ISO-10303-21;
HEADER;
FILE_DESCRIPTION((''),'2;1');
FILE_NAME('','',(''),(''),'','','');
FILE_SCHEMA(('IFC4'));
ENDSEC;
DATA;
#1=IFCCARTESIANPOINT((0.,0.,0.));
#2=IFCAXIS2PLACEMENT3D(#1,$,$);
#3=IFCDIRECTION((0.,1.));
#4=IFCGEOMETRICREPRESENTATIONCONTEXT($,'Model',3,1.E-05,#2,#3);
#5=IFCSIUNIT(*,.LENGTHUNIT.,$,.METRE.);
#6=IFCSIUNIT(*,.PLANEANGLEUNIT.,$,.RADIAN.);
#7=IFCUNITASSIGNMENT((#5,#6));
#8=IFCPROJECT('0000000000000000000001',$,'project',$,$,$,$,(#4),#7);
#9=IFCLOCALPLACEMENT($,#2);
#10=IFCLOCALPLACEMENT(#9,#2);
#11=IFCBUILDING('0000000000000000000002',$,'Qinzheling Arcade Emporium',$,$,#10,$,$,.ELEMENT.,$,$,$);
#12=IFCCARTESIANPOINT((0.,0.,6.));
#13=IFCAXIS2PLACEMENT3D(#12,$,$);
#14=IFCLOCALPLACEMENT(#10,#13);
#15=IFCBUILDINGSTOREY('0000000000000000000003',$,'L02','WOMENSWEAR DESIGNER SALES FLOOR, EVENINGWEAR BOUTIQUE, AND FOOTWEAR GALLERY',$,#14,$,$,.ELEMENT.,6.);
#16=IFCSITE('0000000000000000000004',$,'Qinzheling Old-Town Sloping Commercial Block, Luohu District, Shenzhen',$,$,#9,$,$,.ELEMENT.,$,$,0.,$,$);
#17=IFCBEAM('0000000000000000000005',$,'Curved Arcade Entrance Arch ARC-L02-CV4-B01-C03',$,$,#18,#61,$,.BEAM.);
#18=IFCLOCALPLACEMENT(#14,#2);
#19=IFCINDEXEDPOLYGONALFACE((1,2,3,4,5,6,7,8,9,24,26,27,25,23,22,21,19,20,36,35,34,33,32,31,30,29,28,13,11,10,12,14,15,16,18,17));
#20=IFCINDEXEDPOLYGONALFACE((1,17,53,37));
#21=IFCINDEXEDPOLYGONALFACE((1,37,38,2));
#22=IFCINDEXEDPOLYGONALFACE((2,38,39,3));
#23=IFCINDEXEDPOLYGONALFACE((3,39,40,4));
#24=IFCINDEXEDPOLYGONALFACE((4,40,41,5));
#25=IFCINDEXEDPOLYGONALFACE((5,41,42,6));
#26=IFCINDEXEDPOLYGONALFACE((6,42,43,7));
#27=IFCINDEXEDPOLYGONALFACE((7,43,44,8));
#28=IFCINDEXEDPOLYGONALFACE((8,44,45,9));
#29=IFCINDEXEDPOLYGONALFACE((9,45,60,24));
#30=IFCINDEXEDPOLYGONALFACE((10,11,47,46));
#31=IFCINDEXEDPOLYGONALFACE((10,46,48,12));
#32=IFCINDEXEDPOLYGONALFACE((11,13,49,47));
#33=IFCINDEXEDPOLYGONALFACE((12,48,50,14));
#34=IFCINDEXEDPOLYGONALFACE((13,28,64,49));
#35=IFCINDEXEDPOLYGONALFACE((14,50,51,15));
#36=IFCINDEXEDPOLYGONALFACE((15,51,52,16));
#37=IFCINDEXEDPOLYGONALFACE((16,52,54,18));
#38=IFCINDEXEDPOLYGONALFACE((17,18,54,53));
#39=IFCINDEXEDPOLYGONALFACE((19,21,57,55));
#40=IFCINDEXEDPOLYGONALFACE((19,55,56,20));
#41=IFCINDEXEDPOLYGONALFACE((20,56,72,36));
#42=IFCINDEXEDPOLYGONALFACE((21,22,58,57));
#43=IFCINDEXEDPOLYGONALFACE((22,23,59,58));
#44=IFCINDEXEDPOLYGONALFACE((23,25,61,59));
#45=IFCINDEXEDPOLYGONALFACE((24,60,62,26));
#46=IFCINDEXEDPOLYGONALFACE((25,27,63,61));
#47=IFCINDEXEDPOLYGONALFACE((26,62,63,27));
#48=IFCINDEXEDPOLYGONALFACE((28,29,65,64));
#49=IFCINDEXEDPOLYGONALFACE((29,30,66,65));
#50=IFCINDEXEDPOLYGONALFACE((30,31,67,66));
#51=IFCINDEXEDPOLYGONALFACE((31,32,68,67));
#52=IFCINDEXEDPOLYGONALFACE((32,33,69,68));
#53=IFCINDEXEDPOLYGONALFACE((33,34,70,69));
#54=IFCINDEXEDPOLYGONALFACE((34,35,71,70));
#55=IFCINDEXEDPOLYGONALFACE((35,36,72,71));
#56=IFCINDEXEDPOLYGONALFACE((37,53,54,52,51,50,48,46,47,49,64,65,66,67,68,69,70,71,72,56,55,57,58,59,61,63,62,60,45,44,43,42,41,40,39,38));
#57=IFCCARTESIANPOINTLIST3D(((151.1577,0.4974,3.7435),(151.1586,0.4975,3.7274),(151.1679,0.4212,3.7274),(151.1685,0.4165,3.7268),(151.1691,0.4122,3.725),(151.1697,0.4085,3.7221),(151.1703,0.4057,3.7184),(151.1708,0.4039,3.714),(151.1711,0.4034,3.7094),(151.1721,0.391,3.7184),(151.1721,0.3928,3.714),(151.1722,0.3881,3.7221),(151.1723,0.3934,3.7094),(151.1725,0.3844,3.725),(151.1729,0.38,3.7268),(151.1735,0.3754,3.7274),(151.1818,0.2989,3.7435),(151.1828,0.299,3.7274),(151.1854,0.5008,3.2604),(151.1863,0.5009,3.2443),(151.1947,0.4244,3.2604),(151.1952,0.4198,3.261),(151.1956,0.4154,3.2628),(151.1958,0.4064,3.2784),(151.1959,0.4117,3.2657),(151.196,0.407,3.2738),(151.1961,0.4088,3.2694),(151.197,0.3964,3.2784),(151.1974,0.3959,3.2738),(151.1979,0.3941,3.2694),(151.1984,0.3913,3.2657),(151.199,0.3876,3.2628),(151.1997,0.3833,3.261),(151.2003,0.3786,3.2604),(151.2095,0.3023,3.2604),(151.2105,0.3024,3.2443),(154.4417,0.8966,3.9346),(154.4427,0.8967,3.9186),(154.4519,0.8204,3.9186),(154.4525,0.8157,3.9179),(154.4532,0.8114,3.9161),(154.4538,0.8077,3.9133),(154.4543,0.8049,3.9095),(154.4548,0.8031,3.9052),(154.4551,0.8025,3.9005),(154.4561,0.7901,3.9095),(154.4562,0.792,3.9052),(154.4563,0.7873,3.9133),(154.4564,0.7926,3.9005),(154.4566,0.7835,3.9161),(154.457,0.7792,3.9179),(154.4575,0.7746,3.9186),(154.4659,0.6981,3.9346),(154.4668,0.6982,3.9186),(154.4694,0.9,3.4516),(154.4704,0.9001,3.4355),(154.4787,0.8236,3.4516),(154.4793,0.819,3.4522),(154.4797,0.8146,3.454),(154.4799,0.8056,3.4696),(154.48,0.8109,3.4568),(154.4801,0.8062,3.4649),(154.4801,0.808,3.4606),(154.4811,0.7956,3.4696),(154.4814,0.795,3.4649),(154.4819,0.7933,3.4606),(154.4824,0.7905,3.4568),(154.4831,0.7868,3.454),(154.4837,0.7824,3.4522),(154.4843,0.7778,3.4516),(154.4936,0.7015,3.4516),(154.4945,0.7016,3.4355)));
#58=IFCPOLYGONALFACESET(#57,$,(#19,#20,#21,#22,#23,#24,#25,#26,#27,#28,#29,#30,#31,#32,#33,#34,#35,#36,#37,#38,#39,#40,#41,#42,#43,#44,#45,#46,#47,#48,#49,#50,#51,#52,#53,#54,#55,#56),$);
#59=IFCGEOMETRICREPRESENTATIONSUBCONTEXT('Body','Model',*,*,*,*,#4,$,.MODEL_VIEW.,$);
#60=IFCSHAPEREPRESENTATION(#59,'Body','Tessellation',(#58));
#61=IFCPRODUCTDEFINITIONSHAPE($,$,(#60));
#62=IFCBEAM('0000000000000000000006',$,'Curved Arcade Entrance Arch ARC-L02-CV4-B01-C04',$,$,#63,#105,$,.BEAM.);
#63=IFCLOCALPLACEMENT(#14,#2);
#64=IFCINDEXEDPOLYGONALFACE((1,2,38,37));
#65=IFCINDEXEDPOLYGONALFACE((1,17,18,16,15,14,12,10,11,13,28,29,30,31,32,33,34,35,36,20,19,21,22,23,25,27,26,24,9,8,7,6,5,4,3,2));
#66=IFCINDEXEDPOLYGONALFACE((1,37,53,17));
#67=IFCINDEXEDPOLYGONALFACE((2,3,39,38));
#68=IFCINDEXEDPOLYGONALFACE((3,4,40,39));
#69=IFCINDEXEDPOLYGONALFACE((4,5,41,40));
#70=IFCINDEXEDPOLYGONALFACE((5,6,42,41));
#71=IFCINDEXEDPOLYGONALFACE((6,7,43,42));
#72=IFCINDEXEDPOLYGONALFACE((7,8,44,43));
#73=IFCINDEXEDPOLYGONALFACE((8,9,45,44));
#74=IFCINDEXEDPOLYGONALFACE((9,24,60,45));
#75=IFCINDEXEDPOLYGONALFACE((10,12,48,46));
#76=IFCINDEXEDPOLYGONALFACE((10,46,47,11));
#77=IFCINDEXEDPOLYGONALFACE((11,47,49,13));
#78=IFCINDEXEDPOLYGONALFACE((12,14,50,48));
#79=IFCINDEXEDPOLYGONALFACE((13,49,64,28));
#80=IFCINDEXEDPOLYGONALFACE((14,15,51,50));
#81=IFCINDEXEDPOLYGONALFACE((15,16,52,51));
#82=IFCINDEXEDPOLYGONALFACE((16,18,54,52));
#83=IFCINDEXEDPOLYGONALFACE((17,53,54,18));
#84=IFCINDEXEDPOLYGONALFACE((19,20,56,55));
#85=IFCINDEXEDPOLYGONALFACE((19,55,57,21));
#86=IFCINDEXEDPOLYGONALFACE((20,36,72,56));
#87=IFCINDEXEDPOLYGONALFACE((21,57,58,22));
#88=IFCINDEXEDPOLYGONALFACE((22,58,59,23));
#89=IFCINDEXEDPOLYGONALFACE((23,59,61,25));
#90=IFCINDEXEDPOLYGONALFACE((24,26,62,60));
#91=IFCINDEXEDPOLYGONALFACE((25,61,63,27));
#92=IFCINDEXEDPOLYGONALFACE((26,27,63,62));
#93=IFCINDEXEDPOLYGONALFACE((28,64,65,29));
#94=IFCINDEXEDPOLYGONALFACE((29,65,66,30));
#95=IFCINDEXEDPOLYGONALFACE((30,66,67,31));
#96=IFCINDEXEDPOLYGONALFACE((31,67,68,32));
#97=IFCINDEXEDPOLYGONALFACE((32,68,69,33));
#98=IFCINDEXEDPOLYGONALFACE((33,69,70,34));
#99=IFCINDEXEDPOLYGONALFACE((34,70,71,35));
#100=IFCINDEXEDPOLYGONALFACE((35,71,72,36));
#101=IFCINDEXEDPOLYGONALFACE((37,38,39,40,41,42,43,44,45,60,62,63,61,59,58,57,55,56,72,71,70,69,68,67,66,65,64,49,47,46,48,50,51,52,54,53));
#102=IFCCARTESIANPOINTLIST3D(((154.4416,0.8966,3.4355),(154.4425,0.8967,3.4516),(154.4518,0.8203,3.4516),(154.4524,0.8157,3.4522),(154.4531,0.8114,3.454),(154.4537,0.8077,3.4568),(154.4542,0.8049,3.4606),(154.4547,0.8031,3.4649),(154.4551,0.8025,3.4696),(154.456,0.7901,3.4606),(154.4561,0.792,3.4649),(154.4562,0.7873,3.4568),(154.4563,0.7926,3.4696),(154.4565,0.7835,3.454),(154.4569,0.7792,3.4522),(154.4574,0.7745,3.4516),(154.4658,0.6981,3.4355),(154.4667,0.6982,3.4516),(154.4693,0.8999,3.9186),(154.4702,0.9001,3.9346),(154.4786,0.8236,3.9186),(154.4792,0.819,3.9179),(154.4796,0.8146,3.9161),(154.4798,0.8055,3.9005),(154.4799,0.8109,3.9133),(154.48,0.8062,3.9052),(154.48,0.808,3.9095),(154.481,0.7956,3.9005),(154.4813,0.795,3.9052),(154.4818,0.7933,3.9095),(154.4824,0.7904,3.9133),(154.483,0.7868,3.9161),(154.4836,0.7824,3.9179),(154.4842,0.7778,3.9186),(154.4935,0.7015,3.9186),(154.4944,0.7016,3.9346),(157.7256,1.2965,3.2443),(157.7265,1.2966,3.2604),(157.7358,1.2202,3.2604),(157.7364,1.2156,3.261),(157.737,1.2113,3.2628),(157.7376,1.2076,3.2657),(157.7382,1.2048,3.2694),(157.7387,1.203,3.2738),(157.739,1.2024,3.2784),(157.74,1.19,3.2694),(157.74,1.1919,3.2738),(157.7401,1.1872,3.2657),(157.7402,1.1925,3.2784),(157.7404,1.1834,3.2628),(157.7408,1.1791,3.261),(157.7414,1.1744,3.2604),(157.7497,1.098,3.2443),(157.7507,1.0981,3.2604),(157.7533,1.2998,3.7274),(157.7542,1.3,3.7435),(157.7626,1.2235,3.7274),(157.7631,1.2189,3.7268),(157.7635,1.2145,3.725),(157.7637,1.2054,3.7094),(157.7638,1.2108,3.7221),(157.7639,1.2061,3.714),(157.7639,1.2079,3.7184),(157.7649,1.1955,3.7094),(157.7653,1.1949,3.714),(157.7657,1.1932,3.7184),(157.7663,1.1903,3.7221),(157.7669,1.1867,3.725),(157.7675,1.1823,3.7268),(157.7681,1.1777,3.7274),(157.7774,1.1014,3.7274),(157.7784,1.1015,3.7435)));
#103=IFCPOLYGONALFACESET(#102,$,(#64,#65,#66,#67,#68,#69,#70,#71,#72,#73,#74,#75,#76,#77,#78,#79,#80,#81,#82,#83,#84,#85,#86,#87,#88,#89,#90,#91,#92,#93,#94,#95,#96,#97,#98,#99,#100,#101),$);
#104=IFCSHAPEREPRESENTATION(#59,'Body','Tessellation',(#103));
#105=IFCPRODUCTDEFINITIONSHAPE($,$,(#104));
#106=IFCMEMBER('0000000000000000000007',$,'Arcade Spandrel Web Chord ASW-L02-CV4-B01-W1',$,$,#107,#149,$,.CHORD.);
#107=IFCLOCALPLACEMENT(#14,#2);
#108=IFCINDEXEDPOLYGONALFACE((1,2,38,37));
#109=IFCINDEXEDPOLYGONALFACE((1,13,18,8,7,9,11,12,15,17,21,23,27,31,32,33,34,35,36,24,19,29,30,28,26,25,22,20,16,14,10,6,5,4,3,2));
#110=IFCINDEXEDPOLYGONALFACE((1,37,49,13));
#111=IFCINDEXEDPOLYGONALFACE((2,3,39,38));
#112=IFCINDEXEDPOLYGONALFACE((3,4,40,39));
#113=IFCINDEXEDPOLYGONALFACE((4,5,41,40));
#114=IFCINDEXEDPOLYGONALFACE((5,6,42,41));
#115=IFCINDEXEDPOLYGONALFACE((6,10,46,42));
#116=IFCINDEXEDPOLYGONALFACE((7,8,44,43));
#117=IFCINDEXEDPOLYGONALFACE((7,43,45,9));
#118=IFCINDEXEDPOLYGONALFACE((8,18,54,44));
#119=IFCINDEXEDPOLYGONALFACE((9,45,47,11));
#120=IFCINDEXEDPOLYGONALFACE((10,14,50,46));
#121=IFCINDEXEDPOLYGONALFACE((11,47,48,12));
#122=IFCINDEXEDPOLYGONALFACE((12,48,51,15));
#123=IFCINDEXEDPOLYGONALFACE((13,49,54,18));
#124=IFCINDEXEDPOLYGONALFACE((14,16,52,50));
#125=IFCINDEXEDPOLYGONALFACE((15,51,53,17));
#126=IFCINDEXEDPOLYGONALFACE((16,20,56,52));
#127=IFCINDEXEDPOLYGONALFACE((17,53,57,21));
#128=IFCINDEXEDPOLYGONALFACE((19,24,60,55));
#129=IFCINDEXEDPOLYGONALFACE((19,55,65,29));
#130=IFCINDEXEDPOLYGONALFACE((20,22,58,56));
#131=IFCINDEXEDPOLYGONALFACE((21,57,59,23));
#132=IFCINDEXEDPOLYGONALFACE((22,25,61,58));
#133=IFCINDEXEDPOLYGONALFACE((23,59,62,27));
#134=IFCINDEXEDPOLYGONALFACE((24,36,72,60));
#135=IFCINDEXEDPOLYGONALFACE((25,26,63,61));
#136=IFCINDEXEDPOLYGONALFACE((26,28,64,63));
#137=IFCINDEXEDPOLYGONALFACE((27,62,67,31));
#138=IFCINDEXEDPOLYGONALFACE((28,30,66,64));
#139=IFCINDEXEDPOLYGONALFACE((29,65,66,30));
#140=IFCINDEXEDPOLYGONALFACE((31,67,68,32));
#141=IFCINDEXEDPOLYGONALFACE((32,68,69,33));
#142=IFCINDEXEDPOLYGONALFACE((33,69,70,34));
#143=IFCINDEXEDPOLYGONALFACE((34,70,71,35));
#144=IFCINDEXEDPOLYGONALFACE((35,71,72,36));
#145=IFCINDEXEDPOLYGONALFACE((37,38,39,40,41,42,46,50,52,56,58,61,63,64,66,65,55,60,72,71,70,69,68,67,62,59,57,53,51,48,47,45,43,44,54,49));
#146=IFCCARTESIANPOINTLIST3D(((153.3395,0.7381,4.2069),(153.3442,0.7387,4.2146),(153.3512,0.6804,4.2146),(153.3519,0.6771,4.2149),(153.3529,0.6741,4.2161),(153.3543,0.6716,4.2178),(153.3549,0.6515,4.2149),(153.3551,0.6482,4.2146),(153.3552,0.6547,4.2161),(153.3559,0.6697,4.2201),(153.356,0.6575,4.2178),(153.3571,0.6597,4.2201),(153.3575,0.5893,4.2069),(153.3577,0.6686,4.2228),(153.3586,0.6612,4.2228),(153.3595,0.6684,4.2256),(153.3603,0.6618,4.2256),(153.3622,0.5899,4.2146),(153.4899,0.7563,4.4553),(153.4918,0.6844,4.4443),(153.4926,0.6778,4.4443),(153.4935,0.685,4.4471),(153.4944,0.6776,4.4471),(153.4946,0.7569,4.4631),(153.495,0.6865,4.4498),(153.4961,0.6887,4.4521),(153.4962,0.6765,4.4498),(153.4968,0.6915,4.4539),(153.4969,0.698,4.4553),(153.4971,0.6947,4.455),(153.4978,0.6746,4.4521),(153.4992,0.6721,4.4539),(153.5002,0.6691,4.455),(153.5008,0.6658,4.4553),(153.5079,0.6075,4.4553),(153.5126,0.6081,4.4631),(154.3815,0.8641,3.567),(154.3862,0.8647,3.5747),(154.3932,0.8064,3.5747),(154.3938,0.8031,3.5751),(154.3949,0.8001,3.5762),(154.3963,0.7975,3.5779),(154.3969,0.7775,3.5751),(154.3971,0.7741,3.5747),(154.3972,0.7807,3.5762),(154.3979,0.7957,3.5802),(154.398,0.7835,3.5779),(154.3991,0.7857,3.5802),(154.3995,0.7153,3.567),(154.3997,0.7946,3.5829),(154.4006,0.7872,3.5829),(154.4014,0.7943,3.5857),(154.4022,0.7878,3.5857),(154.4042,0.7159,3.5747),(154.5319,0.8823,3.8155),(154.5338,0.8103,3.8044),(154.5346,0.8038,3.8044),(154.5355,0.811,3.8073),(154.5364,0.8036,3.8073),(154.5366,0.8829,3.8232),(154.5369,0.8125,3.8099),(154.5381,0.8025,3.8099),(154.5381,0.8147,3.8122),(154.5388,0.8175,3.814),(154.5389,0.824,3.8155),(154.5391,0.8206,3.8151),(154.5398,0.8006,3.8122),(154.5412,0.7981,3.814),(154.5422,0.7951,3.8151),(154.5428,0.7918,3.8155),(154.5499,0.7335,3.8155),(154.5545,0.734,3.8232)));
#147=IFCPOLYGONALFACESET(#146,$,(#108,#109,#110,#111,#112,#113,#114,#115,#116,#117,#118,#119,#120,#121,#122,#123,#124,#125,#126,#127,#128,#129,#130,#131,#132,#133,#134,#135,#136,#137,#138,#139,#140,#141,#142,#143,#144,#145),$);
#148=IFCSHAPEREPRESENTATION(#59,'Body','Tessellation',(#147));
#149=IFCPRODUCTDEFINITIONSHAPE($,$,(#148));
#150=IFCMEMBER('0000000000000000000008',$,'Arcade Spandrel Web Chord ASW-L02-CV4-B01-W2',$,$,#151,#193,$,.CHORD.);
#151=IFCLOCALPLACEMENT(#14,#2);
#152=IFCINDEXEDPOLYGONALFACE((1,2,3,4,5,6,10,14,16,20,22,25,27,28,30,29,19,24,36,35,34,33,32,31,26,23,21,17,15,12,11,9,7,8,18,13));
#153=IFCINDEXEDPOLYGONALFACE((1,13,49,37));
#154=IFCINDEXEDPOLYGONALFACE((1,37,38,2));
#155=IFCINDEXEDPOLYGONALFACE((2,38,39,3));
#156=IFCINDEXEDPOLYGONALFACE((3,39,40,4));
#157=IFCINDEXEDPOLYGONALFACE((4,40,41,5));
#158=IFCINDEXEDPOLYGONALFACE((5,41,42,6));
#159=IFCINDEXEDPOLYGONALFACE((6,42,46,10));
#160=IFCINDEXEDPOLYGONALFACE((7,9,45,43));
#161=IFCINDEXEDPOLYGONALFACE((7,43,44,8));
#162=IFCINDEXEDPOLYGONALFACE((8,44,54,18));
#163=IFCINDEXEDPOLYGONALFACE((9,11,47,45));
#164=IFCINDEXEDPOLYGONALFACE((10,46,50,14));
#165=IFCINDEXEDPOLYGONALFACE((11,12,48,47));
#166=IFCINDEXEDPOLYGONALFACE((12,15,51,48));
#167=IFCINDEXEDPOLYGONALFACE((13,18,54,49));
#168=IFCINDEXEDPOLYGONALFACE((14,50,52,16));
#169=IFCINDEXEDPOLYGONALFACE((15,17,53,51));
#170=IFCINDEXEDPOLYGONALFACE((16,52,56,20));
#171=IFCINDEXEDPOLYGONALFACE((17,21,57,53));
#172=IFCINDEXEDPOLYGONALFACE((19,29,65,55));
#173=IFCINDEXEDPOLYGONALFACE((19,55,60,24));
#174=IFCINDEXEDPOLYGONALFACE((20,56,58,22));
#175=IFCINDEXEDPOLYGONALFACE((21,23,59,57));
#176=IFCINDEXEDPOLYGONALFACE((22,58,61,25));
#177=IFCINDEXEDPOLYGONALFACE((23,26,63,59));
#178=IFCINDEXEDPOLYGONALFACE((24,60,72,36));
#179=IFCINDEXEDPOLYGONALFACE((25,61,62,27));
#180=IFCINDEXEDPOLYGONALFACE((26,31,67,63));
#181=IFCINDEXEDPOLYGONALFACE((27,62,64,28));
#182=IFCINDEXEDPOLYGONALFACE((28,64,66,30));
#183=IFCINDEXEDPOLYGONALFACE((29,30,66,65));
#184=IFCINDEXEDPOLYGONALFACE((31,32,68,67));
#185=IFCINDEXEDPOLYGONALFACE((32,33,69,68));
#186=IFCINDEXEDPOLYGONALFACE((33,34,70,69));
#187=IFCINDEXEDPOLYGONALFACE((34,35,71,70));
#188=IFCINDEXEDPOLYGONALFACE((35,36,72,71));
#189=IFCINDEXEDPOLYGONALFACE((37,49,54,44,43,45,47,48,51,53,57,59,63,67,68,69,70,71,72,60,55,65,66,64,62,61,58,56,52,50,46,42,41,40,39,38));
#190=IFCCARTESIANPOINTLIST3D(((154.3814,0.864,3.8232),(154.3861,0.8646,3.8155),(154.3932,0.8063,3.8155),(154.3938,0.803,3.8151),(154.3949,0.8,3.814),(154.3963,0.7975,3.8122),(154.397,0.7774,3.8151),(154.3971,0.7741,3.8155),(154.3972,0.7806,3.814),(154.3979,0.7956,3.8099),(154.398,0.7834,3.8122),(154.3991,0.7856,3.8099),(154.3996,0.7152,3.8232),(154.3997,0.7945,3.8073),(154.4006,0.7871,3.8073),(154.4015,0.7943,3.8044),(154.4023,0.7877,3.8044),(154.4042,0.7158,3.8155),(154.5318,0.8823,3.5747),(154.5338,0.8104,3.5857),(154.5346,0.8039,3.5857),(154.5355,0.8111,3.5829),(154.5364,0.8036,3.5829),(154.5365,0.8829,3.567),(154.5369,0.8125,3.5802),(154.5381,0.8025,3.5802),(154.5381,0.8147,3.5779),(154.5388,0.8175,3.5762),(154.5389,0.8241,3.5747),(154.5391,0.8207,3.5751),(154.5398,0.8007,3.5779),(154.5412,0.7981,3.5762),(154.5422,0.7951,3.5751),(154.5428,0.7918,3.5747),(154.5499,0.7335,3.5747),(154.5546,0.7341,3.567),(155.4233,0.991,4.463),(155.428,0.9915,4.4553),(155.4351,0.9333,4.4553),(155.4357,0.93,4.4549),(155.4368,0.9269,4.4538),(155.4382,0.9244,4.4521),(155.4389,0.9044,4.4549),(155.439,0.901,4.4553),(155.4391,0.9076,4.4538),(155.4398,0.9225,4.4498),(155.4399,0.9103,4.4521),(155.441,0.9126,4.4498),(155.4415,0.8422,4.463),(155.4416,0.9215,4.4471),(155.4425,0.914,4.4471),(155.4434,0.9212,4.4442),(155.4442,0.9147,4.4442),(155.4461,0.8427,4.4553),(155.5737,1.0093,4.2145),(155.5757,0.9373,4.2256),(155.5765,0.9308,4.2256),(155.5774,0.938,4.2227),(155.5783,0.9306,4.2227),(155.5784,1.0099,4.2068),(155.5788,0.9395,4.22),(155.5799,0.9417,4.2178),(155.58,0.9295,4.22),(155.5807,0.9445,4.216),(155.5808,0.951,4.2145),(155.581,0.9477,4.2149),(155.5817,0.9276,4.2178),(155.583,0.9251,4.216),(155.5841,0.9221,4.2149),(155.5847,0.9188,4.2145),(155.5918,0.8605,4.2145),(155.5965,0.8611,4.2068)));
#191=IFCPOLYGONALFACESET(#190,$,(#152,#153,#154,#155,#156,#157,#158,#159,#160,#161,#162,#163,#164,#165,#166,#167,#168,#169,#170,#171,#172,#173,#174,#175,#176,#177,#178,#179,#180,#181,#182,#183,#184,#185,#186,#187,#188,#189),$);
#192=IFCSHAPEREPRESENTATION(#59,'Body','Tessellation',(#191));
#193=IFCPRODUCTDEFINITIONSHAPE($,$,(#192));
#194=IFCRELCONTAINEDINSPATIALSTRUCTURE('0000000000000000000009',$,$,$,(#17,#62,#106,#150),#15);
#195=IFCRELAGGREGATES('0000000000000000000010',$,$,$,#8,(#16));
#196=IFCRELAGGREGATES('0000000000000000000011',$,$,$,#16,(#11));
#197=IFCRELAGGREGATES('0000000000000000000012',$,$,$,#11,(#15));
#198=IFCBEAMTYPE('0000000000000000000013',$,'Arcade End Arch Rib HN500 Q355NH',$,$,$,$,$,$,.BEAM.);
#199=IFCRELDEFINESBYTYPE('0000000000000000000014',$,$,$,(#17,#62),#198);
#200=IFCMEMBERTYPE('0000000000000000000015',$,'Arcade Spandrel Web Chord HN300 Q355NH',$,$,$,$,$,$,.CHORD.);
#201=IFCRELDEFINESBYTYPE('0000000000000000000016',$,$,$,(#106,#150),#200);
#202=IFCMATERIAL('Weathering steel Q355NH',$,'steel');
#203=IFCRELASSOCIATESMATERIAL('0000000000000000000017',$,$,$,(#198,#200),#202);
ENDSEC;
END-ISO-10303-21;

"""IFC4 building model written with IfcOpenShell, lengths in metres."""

from ifc_helpers import new_model, si_unit, direction, frame, origin, origin_2d, place, context, subcontext, project, spatial, i_section, extrude, material, material_profile, profile_set, type_object, element, save


model = new_model("IFC4")

# Units and contexts
model_context = context("Model", 3, precision=1e-05, world=origin(), true_north=direction((0.0, 1.0)))
body_context = subcontext(model_context, "Body", "Model", "MODEL_VIEW")
ifc_project = project(units=[si_unit("LENGTHUNIT", "METRE"), si_unit("PLANEANGLEUNIT", "RADIAN")], contexts=[model_context])

# Site, building, storey
site_placement = place(None, origin())
site = spatial("IfcSite", under=ifc_project, at=site_placement, Name="Qinzheling Old-Town Sloping Commercial Block, Luohu District, Shenzhen", CompositionType="ELEMENT", RefElevation=0.0)
building_placement = place(site_placement, origin())
building = spatial("IfcBuilding", under=site, at=building_placement, Name="Qinzheling Arcade Emporium", CompositionType="ELEMENT")
storey_placement = place(building_placement, frame((0.0, 0.0, 6.0)))
storey = spatial("IfcBuildingStorey", under=building, at=storey_placement, Name="L02", Description="WOMENSWEAR DESIGNER SALES FLOOR, EVENINGWEAR BOUTIQUE, AND FOOTWEAR GALLERY", CompositionType="ELEMENT", Elevation=6.0)

# Beams
ifc_material_1 = material(Name="Weathering steel Q355NH", Category="steel")
ifc_material_profile_1 = material_profile(ifc_material_1, i_section(OverallWidth=0.2, OverallDepth=0.5, WebThickness=0.01, FlangeThickness=0.0161, FilletRadius=0.0181, at=origin_2d()), Name="HN 500x200x10x16", Category="steel")
ifc_profile_set_1 = profile_set([ifc_material_profile_1], Name="Weathering steel Q355NH")
beam_type = type_object("IfcBeamType", Name="Arcade End Arch Rib HN500 Q355NH", PredefinedType="BEAM", material=ifc_profile_set_1)
for number, where, z_axis, x_axis, name in (
    (1, (151.1841, 0.3999, 3.4939), (0.99104, 0.120463, 0.05769), (-0.120664, 0.992693, 0.0), "Curved Arcade Entrance Arch ARC-L02-CV4-B01-C03"),
    (2, (154.468, 0.7991, 3.6851), (0.991014, 0.120681, -0.057688), (-0.120882, 0.992667, 0.0), "Curved Arcade Entrance Arch ARC-L02-CV4-B01-C04"),
):
    element("IfcBeam", number, at=place(storey_placement, frame(where, z_axis=z_axis, x_axis=x_axis)), inside=storey, type_object=beam_type, Name=name, PredefinedType="BEAM", context=body_context, shape_type="SweptSolid", body=[
        extrude(i_section(OverallWidth=0.2, OverallDepth=0.5, WebThickness=0.01, FlangeThickness=0.0161, FilletRadius=0.0181, at=origin_2d()), origin(), (0.0, 0.0, 1.0), 3.3137),
    ])

# Members
ifc_material_profile_2 = material_profile(ifc_material_1, i_section(OverallWidth=0.1499, OverallDepth=0.3, WebThickness=0.0066, FlangeThickness=0.009, FilletRadius=0.0129, at=origin_2d()), Name="HN 300x150x6.5x9", Category="steel")
ifc_profile_set_2 = profile_set([ifc_material_profile_2], Name="Weathering steel Q355NH")
member_type_1 = type_object("IfcMemberType", Name="Arcade Spandrel Web Chord HN300 Q355NH", PredefinedType="CHORD", material=ifc_profile_set_2)
for number, where, z_axis, x_axis, name in (
    (3, (154.468, 0.7991, 3.6951), (-0.847658, -0.102482, 0.520551), (0.120026, -0.992771, 0.0), "Arcade Spandrel Web Chord ASW-L02-CV4-B01-W1"),
    (4, (154.468, 0.7991, 3.6951), (0.847589, 0.103268, 0.520508), (-0.120943, 0.99266, 0.0), "Arcade Spandrel Web Chord ASW-L02-CV4-B01-W2"),
):
    element("IfcMember", number, at=place(storey_placement, frame(where, z_axis=z_axis, x_axis=x_axis)), inside=storey, type_object=member_type_1, Name=name, PredefinedType="CHORD", context=body_context, shape_type="SweptSolid", body=[
        extrude(i_section(OverallWidth=0.1499, OverallDepth=0.3, WebThickness=0.0066, FlangeThickness=0.009, FilletRadius=0.0129, at=origin_2d()), origin(), (0.0, 0.0, 1.0), 1.2292),
    ])

save(model, "model.ifc")
